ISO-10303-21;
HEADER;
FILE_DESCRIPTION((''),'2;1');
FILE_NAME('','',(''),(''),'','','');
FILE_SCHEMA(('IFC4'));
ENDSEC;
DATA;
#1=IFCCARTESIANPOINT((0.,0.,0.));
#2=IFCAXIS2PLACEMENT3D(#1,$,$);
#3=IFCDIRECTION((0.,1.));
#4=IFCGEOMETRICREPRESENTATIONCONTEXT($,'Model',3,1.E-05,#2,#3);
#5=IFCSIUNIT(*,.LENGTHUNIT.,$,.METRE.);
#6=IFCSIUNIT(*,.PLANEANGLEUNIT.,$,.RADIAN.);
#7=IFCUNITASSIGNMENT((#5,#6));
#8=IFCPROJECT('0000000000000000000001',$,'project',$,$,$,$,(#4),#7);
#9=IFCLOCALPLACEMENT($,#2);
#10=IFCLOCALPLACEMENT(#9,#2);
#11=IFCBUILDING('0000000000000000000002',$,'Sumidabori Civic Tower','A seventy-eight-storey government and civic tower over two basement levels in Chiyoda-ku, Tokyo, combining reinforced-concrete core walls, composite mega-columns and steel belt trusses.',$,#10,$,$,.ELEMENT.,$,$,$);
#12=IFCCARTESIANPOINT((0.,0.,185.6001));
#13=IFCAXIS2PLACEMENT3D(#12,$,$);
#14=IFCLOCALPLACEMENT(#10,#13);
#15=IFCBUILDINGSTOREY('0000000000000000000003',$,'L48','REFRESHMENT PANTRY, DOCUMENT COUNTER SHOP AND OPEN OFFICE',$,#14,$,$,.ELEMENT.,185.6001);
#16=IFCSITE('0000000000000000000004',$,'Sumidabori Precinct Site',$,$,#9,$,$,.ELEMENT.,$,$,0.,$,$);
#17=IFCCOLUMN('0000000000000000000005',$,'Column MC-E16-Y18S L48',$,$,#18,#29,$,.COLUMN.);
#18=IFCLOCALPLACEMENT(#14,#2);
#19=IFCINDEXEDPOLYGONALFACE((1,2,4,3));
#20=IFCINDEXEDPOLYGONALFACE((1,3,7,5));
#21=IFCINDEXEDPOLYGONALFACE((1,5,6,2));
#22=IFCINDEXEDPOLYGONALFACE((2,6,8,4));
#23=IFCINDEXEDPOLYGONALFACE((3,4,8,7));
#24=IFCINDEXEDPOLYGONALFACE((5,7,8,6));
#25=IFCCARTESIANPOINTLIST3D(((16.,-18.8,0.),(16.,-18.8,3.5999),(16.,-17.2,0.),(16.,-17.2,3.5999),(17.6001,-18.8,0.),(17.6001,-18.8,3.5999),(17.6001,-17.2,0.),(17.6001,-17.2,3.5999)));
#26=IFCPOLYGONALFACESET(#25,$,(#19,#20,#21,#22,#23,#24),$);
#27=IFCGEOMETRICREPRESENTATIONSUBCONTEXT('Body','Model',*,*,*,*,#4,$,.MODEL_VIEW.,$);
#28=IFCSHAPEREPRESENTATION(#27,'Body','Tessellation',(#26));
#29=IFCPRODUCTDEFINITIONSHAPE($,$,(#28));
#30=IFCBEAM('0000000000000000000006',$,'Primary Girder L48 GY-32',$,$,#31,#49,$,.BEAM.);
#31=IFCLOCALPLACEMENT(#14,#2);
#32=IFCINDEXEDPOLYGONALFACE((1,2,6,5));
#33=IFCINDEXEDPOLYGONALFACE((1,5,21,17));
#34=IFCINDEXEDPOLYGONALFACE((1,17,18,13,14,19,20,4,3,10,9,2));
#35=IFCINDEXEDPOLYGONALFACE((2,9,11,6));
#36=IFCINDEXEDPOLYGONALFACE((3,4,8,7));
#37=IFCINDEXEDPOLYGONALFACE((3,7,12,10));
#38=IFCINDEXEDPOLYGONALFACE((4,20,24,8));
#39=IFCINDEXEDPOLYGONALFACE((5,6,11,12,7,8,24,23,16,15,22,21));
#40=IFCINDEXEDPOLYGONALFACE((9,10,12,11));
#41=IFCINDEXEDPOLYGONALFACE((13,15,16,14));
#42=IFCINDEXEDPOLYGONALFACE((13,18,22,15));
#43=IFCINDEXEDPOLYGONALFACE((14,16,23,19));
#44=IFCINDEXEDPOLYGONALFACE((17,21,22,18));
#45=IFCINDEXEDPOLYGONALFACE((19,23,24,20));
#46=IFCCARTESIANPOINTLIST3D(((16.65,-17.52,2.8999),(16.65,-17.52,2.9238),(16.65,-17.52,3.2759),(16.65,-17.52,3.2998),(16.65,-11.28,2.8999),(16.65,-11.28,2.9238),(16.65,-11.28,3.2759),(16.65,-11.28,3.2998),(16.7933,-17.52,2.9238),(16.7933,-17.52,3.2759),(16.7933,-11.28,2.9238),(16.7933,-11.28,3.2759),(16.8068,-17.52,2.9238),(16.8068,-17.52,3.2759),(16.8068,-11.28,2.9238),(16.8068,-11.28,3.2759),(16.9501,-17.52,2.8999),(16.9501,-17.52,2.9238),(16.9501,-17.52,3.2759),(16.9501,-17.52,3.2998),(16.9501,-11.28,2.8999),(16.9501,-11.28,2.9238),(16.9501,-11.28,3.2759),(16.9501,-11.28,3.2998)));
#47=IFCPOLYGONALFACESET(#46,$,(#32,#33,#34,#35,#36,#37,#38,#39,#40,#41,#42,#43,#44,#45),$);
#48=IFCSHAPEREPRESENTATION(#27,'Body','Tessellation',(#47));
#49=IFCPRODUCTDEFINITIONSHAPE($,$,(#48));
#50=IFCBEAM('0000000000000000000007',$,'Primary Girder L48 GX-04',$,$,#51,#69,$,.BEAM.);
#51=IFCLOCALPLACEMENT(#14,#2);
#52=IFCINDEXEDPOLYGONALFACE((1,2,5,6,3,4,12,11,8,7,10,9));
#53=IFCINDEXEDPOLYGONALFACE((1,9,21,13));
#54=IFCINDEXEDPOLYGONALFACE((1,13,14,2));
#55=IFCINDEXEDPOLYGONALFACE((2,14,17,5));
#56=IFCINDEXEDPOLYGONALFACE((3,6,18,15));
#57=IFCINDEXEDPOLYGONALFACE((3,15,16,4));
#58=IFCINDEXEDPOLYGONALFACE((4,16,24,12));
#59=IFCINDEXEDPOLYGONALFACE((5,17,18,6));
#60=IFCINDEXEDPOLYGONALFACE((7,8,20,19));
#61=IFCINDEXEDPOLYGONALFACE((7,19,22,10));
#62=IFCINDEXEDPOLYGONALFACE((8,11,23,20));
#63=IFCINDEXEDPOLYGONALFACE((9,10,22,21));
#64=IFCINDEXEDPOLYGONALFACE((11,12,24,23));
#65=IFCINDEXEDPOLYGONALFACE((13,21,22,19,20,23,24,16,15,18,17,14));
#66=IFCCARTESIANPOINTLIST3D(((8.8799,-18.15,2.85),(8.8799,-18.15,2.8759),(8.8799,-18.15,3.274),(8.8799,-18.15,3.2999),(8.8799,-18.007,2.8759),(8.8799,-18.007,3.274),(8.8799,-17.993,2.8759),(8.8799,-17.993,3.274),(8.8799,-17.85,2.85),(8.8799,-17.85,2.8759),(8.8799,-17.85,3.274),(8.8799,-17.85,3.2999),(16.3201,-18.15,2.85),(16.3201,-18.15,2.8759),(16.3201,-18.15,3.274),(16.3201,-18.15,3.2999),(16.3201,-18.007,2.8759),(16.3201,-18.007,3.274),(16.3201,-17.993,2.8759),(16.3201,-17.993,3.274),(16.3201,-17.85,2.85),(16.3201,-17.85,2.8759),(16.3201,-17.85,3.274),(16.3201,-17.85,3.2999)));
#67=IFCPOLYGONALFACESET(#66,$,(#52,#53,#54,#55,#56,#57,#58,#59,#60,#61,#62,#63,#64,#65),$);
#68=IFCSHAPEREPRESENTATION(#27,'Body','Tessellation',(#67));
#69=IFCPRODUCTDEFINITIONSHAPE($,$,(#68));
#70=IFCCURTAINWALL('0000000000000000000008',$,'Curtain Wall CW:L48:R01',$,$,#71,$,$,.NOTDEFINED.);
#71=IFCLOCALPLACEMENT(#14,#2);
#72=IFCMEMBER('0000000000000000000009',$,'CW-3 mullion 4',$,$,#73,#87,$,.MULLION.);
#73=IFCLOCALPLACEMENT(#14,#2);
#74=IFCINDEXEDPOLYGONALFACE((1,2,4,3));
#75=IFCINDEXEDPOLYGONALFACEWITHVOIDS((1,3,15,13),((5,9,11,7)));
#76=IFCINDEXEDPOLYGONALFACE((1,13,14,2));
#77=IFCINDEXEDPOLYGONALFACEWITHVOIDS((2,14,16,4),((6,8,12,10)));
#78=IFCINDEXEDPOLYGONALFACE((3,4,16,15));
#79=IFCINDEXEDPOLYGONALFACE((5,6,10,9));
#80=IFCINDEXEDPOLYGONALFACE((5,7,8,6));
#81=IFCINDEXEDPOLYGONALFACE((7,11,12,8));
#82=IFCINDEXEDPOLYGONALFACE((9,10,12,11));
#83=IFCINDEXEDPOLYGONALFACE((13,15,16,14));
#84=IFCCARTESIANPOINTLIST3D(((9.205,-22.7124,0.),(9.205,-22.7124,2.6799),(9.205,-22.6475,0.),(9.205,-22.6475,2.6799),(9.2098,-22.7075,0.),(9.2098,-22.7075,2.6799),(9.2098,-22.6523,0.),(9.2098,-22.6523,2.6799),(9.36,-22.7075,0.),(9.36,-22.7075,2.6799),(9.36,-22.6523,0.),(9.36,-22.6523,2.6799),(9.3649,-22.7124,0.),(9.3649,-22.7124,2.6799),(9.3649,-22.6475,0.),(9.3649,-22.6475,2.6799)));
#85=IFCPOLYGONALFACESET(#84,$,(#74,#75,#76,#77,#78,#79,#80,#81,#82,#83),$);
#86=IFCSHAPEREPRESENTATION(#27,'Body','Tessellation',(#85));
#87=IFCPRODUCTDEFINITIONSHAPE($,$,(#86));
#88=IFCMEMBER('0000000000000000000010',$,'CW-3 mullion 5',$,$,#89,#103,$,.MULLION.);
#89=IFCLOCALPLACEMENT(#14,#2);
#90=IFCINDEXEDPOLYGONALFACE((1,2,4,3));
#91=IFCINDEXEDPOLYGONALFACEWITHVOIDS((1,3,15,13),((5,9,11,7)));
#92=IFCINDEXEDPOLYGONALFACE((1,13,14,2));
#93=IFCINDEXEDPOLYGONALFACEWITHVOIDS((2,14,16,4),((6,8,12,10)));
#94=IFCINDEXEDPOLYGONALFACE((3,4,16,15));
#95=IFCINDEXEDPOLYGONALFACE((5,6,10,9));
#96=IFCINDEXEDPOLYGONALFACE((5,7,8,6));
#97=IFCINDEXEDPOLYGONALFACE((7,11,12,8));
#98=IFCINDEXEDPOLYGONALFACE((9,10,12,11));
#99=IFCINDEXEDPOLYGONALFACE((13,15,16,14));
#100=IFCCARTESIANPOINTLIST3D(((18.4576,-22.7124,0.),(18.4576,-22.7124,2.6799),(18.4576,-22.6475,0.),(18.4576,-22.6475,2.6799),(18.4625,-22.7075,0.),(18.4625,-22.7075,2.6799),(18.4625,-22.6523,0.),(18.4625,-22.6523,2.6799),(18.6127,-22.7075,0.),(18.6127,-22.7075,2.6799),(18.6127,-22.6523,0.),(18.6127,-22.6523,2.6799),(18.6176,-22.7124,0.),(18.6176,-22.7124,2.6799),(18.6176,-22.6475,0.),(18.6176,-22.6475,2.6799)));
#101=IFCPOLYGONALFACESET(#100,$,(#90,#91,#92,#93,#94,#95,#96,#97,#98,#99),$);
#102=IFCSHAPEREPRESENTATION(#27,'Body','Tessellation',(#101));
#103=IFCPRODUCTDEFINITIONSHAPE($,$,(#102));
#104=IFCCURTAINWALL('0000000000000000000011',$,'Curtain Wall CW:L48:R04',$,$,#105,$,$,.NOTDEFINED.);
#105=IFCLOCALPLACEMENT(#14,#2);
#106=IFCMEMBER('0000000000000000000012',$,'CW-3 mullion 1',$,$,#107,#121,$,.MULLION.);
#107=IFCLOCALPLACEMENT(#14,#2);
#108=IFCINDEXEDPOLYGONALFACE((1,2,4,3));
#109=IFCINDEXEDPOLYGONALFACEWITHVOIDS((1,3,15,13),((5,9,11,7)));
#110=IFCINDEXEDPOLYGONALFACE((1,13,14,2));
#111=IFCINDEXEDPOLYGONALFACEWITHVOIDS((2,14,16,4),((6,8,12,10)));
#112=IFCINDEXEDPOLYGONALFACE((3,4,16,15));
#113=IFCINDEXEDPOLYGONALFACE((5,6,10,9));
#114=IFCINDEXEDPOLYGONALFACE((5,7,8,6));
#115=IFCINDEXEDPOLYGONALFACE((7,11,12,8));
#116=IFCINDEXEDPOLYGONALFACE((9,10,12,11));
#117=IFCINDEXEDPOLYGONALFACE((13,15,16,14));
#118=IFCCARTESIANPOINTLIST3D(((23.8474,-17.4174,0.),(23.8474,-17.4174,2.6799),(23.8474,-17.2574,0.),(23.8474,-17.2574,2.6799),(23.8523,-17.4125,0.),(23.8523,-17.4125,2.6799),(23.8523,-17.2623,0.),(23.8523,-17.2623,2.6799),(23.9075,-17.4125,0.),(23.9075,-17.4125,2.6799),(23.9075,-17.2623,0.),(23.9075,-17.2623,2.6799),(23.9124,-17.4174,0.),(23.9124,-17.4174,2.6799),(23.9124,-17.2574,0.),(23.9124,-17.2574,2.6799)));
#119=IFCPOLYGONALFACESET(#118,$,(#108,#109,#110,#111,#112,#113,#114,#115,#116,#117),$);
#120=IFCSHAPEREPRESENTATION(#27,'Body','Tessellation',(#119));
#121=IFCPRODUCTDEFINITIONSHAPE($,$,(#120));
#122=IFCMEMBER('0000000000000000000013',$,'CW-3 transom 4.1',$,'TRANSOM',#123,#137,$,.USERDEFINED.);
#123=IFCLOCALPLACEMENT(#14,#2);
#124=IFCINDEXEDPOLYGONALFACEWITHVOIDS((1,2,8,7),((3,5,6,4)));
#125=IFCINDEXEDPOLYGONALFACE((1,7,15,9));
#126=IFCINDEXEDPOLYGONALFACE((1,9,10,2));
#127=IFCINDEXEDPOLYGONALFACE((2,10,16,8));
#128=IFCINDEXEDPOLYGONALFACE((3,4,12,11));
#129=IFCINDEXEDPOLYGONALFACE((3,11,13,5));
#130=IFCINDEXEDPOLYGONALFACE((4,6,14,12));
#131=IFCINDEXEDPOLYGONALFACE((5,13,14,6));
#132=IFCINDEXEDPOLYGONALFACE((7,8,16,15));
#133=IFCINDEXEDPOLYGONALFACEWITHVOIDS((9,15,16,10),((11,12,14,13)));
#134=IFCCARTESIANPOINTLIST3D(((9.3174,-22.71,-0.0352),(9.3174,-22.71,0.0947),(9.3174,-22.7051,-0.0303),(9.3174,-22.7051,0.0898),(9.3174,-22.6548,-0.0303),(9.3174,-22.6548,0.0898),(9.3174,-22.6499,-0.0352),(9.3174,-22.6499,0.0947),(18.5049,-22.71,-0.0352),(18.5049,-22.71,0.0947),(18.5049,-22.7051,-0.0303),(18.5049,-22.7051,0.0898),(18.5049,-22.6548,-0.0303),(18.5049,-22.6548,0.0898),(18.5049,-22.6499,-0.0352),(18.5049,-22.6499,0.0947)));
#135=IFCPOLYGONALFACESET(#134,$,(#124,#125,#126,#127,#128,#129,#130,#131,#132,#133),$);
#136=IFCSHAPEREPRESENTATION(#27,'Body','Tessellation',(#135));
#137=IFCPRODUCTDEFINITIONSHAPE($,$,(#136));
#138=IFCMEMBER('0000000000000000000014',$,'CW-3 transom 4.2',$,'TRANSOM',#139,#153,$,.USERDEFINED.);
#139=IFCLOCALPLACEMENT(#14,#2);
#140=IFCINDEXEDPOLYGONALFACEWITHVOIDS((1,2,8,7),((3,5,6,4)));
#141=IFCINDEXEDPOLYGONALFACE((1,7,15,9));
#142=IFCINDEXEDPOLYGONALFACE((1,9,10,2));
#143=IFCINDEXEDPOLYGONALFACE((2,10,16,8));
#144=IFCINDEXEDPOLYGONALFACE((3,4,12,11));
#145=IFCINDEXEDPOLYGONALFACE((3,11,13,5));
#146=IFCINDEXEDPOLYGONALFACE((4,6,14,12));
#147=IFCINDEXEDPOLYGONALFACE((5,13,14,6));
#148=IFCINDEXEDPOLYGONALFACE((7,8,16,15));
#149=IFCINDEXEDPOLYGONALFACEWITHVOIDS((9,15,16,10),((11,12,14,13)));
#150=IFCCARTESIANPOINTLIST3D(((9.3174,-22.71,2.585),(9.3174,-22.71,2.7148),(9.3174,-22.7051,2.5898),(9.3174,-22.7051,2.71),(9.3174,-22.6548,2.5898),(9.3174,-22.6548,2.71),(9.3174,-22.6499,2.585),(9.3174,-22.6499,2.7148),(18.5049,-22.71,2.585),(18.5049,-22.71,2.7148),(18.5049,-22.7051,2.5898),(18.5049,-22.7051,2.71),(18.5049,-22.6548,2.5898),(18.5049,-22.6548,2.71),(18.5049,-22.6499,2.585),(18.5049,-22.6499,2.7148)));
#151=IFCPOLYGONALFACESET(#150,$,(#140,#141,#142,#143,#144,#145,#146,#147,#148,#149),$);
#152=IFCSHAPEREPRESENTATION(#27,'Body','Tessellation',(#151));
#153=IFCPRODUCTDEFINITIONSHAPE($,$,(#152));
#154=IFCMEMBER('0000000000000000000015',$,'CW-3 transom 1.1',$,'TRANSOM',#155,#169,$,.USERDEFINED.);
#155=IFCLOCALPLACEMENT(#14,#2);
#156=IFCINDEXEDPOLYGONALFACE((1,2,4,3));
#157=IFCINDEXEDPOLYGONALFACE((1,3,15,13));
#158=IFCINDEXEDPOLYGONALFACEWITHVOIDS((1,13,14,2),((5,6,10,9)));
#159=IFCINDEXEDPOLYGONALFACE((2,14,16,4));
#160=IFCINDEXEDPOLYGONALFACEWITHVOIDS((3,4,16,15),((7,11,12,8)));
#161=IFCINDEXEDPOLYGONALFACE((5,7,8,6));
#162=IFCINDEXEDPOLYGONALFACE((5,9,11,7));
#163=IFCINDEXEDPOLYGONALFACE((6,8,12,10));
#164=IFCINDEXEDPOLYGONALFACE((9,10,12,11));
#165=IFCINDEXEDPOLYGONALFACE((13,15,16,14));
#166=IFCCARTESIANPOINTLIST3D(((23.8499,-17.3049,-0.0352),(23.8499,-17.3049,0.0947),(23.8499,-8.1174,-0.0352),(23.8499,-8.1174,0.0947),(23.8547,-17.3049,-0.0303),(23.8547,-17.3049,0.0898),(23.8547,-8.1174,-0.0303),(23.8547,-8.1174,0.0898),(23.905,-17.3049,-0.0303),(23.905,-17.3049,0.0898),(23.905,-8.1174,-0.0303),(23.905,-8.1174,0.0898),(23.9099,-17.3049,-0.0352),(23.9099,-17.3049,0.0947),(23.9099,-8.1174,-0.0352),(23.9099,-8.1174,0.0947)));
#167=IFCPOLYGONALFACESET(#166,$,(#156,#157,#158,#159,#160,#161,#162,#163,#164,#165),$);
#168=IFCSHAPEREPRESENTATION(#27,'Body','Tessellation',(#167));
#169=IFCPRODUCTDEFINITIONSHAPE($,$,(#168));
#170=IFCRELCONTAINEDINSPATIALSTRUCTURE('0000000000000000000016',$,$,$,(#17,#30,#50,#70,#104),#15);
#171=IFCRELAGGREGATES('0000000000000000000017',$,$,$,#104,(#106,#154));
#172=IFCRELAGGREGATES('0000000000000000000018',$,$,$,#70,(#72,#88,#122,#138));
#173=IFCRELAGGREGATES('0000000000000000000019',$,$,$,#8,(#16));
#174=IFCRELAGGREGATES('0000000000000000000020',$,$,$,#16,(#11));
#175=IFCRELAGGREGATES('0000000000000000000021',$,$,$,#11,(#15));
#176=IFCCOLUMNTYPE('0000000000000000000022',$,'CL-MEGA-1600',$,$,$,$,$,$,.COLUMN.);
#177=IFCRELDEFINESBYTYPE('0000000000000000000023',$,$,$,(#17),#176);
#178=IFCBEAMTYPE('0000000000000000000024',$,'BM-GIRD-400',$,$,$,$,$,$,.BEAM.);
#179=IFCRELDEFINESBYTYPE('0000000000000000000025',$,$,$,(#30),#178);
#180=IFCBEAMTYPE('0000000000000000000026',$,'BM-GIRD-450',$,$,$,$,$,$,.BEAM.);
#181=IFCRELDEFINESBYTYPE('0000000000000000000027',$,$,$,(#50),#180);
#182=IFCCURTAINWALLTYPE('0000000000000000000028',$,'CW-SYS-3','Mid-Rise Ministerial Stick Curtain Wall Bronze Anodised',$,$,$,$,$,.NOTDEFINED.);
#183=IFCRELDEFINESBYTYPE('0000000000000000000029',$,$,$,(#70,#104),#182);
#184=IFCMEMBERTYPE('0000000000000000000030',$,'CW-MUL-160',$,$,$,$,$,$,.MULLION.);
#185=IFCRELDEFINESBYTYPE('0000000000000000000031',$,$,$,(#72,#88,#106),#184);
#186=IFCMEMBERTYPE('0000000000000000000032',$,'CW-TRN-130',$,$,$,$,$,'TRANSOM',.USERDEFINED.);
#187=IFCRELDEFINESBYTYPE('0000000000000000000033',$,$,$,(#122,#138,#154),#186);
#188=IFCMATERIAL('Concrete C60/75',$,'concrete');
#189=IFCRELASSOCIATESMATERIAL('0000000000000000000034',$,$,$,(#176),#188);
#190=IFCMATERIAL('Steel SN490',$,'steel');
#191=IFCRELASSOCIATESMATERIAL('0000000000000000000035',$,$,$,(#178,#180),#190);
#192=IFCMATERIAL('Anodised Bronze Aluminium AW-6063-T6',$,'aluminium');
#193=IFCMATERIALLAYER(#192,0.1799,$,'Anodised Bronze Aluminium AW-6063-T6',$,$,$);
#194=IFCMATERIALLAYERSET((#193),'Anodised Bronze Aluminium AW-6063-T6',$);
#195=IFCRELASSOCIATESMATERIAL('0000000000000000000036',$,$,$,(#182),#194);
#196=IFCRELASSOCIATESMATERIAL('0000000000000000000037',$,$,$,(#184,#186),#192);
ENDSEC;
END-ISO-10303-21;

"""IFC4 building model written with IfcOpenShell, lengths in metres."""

from ifc_helpers import new_model, si_unit, direction, frame, origin, origin_2d, place, context, subcontext, project, spatial, rectangle, hollow_rectangle, i_section, extrude, source, transform, mapped, material, layer, layer_set, material_profile, profile_set, type_object, element, aggregate, save


model = new_model("IFC4")

# Units and contexts
model_context = context("Model", 3, precision=1e-05, world=origin(), true_north=direction((0.0, 1.0)))
body_context = subcontext(model_context, "Body", "Model", "MODEL_VIEW")
ifc_project = project(units=[si_unit("LENGTHUNIT", "METRE"), si_unit("PLANEANGLEUNIT", "RADIAN")], contexts=[model_context])

# Site, building, storey
site_placement = place(None, origin())
site = spatial("IfcSite", under=ifc_project, at=site_placement, Name="Sumidabori Precinct Site", CompositionType="ELEMENT", RefElevation=0.0)
building_placement = place(site_placement, origin())
building = spatial("IfcBuilding", under=site, at=building_placement, Name="Sumidabori Civic Tower", Description="A seventy-eight-storey government and civic tower over two basement levels in Chiyoda-ku, Tokyo, combining reinforced-concrete core walls, composite mega-columns and steel belt trusses.", CompositionType="ELEMENT")
storey_placement = place(building_placement, frame((0.0, 0.0, 185.6001)))
storey = spatial("IfcBuildingStorey", under=building, at=storey_placement, Name="L48", Description="REFRESHMENT PANTRY, DOCUMENT COUNTER SHOP AND OPEN OFFICE", CompositionType="ELEMENT", Elevation=185.6001)

# Column
ifc_material_1 = material(Name="Concrete C60/75", Category="concrete")
ifc_material_profile_1 = material_profile(ifc_material_1, rectangle(XDim=1.6001, YDim=1.6001, at=origin_2d()), Name="RC 1600x1600")
ifc_profile_set_1 = profile_set([ifc_material_profile_1], Name="Concrete C60/75")
column_type = type_object("IfcColumnType", Name="CL-MEGA-1600", PredefinedType="COLUMN", material=ifc_profile_set_1)
shared_shape_1 = source(origin(), body_context, "Body", "SweptSolid", [
    extrude(rectangle(XDim=1.6001, YDim=1.6001, at=origin_2d()), origin(), (0.0, 0.0, 1.0), 3.5999),
])
column_placement = place(storey_placement, frame((16.8, -18.0, 0.0), z_axis=(0.0, 0.0, 1.0), x_axis=(1.0, 0.0, 0.0)))
element("IfcColumn", 1, at=column_placement, inside=storey, type_object=column_type, Name="Column MC-E16-Y18S L48", PredefinedType="COLUMN", context=body_context, shape_type="MappedRepresentation", body=[
    mapped(shared_shape_1, transform((0.0, 0.0, 0.0), x_axis=(1.0, 0.0, 0.0), y_axis=(0.0, 1.0, 0.0), z_axis=(0.0, 0.0, 1.0), scale=1.0)),
])

# Beams
ifc_material_2 = material(Name="Steel SN490", Category="steel")
ifc_material_profile_2 = material_profile(ifc_material_2, i_section(OverallWidth=0.3, OverallDepth=0.3999, WebThickness=0.0134, FlangeThickness=0.0239, at=origin_2d()), Name="HE 400 B")
ifc_profile_set_2 = profile_set([ifc_material_profile_2], Name="Steel SN490")
beam_type_1 = type_object("IfcBeamType", Name="BM-GIRD-400", PredefinedType="BEAM", material=ifc_profile_set_2)
shared_shape_2 = source(origin(), body_context, "Body", "SweptSolid", [
    extrude(i_section(OverallWidth=0.3, OverallDepth=0.3999, WebThickness=0.0134, FlangeThickness=0.0239, at=origin_2d()), origin(), (0.0, 0.0, 1.0), 6.24),
])
beam_1_placement = place(storey_placement, frame((16.8, -17.52, 3.0999), z_axis=(0.0, 1.0, 0.0), x_axis=(-1.0, 0.0, 0.0)))
element("IfcBeam", 2, at=beam_1_placement, inside=storey, type_object=beam_type_1, Name="Primary Girder L48 GY-32", PredefinedType="BEAM", context=body_context, shape_type="MappedRepresentation", body=[
    mapped(shared_shape_2, transform((0.0, 0.0, 0.0), x_axis=(1.0, 0.0, 0.0), y_axis=(0.0, 1.0, 0.0), z_axis=(0.0, 0.0, 1.0), scale=1.0)),
])
ifc_material_profile_3 = material_profile(ifc_material_2, i_section(OverallWidth=0.3, OverallDepth=0.45, WebThickness=0.0139, FlangeThickness=0.0259, at=origin_2d()), Name="HE 450 B")
ifc_profile_set_3 = profile_set([ifc_material_profile_3], Name="Steel SN490")
beam_type_2 = type_object("IfcBeamType", Name="BM-GIRD-450", PredefinedType="BEAM", material=ifc_profile_set_3)
shared_shape_3 = source(origin(), body_context, "Body", "SweptSolid", [
    extrude(i_section(OverallWidth=0.3, OverallDepth=0.45, WebThickness=0.0139, FlangeThickness=0.0259, at=origin_2d()), origin(), (0.0, 0.0, 1.0), 7.4402),
])
beam_2_placement = place(storey_placement, frame((8.8799, -18.0, 3.075), z_axis=(1.0, 0.0, 0.0), x_axis=(0.0, 1.0, 0.0)))
element("IfcBeam", 3, at=beam_2_placement, inside=storey, type_object=beam_type_2, Name="Primary Girder L48 GX-04", PredefinedType="BEAM", context=body_context, shape_type="MappedRepresentation", body=[
    mapped(shared_shape_3, transform((0.0, 0.0, 0.0), x_axis=(1.0, 0.0, 0.0), y_axis=(0.0, 1.0, 0.0), z_axis=(0.0, 0.0, 1.0), scale=1.0)),
])

# Curtain wall, members
ifc_material_3 = material(Name="Anodised Bronze Aluminium AW-6063-T6", Category="aluminium")
ifc_layer_1 = layer(ifc_material_3, 0.1799, Name="Anodised Bronze Aluminium AW-6063-T6")
ifc_layer_set_1 = layer_set([ifc_layer_1], Name="Anodised Bronze Aluminium AW-6063-T6")
curtain_wall_type = type_object("IfcCurtainWallType", Name="CW-SYS-3", Description="Mid-Rise Ministerial Stick Curtain Wall Bronze Anodised", PredefinedType="NOTDEFINED", material=ifc_layer_set_1)
curtain_wall_1_placement = place(storey_placement, origin())
curtain_wall_1 = element("IfcCurtainWall", 4, at=curtain_wall_1_placement, inside=storey, type_object=curtain_wall_type, Name="Curtain Wall CW:L48:R01", PredefinedType="NOTDEFINED")
ifc_material_profile_4 = material_profile(ifc_material_3, hollow_rectangle(XDim=0.0649, YDim=0.1599, WallThickness=0.0049, at=origin_2d()), Name="ALU MULLION 160x65")
ifc_profile_set_4 = profile_set([ifc_material_profile_4], Name="Anodised Bronze Aluminium AW-6063-T6")
member_type_1 = type_object("IfcMemberType", Name="CW-MUL-160", PredefinedType="MULLION", material=ifc_profile_set_4)
shared_shape_4 = source(origin(), body_context, "Body", "SweptSolid", [
    extrude(hollow_rectangle(XDim=0.0649, YDim=0.1599, WallThickness=0.0049, at=origin_2d()), origin(), (0.0, 0.0, 1.0), 2.6799),
])
member_1_placement = place(storey_placement, frame((9.2849, -22.6799, 0.0), z_axis=(0.0, 0.0, 1.0), x_axis=(0.0, 1.0, 0.0)))
member_1 = element("IfcMember", 5, at=member_1_placement, type_object=member_type_1, Name="CW-3 mullion 4", PredefinedType="MULLION", context=body_context, shape_type="MappedRepresentation", body=[
    mapped(shared_shape_4, transform((0.0, 0.0, 0.0), x_axis=(1.0, 0.0, 0.0), y_axis=(0.0, 1.0, 0.0), z_axis=(0.0, 0.0, 1.0), scale=1.0)),
])
member_2_placement = place(storey_placement, frame((18.5376, -22.6799, 0.0), z_axis=(0.0, 0.0, 1.0), x_axis=(0.0, 1.0, 0.0)))
member_2 = element("IfcMember", 6, at=member_2_placement, type_object=member_type_1, Name="CW-3 mullion 5", PredefinedType="MULLION", context=body_context, shape_type="MappedRepresentation", body=[
    mapped(shared_shape_4, transform((0.0, 0.0, 0.0), x_axis=(1.0, 0.0, 0.0), y_axis=(0.0, 1.0, 0.0), z_axis=(0.0, 0.0, 1.0), scale=1.0)),
])

# Curtain wall, member
curtain_wall_2_placement = place(storey_placement, origin())
curtain_wall_2 = element("IfcCurtainWall", 7, at=curtain_wall_2_placement, inside=storey, type_object=curtain_wall_type, Name="Curtain Wall CW:L48:R04", PredefinedType="NOTDEFINED")
member_3_placement = place(storey_placement, frame((23.8799, -17.3374, 0.0), z_axis=(0.0, 0.0, 1.0), x_axis=(-1.0, 0.0, 0.0)))
member_3 = element("IfcMember", 8, at=member_3_placement, type_object=member_type_1, Name="CW-3 mullion 1", PredefinedType="MULLION", context=body_context, shape_type="MappedRepresentation", body=[
    mapped(shared_shape_4, transform((0.0, 0.0, 0.0), x_axis=(1.0, 0.0, 0.0), y_axis=(0.0, 1.0, 0.0), z_axis=(0.0, 0.0, 1.0), scale=1.0)),
])

# Members
ifc_material_profile_5 = material_profile(ifc_material_3, hollow_rectangle(XDim=0.0601, YDim=0.1299, WallThickness=0.0049, at=origin_2d()), Name="ALU TRANSOM 130x60")
ifc_profile_set_5 = profile_set([ifc_material_profile_5], Name="Anodised Bronze Aluminium AW-6063-T6")
member_type_2 = type_object("IfcMemberType", Name="CW-TRN-130", ElementType="TRANSOM", PredefinedType="USERDEFINED", material=ifc_profile_set_5)
shared_shape_5 = source(origin(), body_context, "Body", "SweptSolid", [
    extrude(hollow_rectangle(XDim=0.0601, YDim=0.1299, WallThickness=0.0049, at=origin_2d()), origin(), (0.0, 0.0, 1.0), 9.1875),
])
member_4_placement = place(storey_placement, frame((9.3174, -22.6799, 0.0298), z_axis=(1.0, 0.0, 0.0), x_axis=(0.0, 1.0, 0.0)))
member_4 = element("IfcMember", 9, at=member_4_placement, type_object=member_type_2, Name="CW-3 transom 4.1", ObjectType="TRANSOM", PredefinedType="USERDEFINED", context=body_context, shape_type="MappedRepresentation", body=[
    mapped(shared_shape_5, transform((0.0, 0.0, 0.0), x_axis=(1.0, 0.0, 0.0), y_axis=(0.0, 1.0, 0.0), z_axis=(0.0, 0.0, 1.0), scale=1.0)),
])
member_5_placement = place(storey_placement, frame((9.3174, -22.6799, 2.6499), z_axis=(1.0, 0.0, 0.0), x_axis=(0.0, 1.0, 0.0)))
member_5 = element("IfcMember", 10, at=member_5_placement, type_object=member_type_2, Name="CW-3 transom 4.2", ObjectType="TRANSOM", PredefinedType="USERDEFINED", context=body_context, shape_type="MappedRepresentation", body=[
    mapped(shared_shape_5, transform((0.0, 0.0, 0.0), x_axis=(1.0, 0.0, 0.0), y_axis=(0.0, 1.0, 0.0), z_axis=(0.0, 0.0, 1.0), scale=1.0)),
])
member_6_placement = place(storey_placement, frame((23.8799, -17.3049, 0.0298), z_axis=(0.0, 1.0, 0.0), x_axis=(-1.0, 0.0, 0.0)))
member_6 = element("IfcMember", 11, at=member_6_placement, type_object=member_type_2, Name="CW-3 transom 1.1", ObjectType="TRANSOM", PredefinedType="USERDEFINED", context=body_context, shape_type="MappedRepresentation", body=[
    mapped(shared_shape_5, transform((0.0, 0.0, 0.0), x_axis=(1.0, 0.0, 0.0), y_axis=(0.0, 1.0, 0.0), z_axis=(0.0, 0.0, 1.0), scale=1.0)),
])
aggregate(curtain_wall_2, [member_3, member_6])

aggregate(curtain_wall_1, [member_1, member_2, member_4, member_5])

save(model, "model.ifc")
